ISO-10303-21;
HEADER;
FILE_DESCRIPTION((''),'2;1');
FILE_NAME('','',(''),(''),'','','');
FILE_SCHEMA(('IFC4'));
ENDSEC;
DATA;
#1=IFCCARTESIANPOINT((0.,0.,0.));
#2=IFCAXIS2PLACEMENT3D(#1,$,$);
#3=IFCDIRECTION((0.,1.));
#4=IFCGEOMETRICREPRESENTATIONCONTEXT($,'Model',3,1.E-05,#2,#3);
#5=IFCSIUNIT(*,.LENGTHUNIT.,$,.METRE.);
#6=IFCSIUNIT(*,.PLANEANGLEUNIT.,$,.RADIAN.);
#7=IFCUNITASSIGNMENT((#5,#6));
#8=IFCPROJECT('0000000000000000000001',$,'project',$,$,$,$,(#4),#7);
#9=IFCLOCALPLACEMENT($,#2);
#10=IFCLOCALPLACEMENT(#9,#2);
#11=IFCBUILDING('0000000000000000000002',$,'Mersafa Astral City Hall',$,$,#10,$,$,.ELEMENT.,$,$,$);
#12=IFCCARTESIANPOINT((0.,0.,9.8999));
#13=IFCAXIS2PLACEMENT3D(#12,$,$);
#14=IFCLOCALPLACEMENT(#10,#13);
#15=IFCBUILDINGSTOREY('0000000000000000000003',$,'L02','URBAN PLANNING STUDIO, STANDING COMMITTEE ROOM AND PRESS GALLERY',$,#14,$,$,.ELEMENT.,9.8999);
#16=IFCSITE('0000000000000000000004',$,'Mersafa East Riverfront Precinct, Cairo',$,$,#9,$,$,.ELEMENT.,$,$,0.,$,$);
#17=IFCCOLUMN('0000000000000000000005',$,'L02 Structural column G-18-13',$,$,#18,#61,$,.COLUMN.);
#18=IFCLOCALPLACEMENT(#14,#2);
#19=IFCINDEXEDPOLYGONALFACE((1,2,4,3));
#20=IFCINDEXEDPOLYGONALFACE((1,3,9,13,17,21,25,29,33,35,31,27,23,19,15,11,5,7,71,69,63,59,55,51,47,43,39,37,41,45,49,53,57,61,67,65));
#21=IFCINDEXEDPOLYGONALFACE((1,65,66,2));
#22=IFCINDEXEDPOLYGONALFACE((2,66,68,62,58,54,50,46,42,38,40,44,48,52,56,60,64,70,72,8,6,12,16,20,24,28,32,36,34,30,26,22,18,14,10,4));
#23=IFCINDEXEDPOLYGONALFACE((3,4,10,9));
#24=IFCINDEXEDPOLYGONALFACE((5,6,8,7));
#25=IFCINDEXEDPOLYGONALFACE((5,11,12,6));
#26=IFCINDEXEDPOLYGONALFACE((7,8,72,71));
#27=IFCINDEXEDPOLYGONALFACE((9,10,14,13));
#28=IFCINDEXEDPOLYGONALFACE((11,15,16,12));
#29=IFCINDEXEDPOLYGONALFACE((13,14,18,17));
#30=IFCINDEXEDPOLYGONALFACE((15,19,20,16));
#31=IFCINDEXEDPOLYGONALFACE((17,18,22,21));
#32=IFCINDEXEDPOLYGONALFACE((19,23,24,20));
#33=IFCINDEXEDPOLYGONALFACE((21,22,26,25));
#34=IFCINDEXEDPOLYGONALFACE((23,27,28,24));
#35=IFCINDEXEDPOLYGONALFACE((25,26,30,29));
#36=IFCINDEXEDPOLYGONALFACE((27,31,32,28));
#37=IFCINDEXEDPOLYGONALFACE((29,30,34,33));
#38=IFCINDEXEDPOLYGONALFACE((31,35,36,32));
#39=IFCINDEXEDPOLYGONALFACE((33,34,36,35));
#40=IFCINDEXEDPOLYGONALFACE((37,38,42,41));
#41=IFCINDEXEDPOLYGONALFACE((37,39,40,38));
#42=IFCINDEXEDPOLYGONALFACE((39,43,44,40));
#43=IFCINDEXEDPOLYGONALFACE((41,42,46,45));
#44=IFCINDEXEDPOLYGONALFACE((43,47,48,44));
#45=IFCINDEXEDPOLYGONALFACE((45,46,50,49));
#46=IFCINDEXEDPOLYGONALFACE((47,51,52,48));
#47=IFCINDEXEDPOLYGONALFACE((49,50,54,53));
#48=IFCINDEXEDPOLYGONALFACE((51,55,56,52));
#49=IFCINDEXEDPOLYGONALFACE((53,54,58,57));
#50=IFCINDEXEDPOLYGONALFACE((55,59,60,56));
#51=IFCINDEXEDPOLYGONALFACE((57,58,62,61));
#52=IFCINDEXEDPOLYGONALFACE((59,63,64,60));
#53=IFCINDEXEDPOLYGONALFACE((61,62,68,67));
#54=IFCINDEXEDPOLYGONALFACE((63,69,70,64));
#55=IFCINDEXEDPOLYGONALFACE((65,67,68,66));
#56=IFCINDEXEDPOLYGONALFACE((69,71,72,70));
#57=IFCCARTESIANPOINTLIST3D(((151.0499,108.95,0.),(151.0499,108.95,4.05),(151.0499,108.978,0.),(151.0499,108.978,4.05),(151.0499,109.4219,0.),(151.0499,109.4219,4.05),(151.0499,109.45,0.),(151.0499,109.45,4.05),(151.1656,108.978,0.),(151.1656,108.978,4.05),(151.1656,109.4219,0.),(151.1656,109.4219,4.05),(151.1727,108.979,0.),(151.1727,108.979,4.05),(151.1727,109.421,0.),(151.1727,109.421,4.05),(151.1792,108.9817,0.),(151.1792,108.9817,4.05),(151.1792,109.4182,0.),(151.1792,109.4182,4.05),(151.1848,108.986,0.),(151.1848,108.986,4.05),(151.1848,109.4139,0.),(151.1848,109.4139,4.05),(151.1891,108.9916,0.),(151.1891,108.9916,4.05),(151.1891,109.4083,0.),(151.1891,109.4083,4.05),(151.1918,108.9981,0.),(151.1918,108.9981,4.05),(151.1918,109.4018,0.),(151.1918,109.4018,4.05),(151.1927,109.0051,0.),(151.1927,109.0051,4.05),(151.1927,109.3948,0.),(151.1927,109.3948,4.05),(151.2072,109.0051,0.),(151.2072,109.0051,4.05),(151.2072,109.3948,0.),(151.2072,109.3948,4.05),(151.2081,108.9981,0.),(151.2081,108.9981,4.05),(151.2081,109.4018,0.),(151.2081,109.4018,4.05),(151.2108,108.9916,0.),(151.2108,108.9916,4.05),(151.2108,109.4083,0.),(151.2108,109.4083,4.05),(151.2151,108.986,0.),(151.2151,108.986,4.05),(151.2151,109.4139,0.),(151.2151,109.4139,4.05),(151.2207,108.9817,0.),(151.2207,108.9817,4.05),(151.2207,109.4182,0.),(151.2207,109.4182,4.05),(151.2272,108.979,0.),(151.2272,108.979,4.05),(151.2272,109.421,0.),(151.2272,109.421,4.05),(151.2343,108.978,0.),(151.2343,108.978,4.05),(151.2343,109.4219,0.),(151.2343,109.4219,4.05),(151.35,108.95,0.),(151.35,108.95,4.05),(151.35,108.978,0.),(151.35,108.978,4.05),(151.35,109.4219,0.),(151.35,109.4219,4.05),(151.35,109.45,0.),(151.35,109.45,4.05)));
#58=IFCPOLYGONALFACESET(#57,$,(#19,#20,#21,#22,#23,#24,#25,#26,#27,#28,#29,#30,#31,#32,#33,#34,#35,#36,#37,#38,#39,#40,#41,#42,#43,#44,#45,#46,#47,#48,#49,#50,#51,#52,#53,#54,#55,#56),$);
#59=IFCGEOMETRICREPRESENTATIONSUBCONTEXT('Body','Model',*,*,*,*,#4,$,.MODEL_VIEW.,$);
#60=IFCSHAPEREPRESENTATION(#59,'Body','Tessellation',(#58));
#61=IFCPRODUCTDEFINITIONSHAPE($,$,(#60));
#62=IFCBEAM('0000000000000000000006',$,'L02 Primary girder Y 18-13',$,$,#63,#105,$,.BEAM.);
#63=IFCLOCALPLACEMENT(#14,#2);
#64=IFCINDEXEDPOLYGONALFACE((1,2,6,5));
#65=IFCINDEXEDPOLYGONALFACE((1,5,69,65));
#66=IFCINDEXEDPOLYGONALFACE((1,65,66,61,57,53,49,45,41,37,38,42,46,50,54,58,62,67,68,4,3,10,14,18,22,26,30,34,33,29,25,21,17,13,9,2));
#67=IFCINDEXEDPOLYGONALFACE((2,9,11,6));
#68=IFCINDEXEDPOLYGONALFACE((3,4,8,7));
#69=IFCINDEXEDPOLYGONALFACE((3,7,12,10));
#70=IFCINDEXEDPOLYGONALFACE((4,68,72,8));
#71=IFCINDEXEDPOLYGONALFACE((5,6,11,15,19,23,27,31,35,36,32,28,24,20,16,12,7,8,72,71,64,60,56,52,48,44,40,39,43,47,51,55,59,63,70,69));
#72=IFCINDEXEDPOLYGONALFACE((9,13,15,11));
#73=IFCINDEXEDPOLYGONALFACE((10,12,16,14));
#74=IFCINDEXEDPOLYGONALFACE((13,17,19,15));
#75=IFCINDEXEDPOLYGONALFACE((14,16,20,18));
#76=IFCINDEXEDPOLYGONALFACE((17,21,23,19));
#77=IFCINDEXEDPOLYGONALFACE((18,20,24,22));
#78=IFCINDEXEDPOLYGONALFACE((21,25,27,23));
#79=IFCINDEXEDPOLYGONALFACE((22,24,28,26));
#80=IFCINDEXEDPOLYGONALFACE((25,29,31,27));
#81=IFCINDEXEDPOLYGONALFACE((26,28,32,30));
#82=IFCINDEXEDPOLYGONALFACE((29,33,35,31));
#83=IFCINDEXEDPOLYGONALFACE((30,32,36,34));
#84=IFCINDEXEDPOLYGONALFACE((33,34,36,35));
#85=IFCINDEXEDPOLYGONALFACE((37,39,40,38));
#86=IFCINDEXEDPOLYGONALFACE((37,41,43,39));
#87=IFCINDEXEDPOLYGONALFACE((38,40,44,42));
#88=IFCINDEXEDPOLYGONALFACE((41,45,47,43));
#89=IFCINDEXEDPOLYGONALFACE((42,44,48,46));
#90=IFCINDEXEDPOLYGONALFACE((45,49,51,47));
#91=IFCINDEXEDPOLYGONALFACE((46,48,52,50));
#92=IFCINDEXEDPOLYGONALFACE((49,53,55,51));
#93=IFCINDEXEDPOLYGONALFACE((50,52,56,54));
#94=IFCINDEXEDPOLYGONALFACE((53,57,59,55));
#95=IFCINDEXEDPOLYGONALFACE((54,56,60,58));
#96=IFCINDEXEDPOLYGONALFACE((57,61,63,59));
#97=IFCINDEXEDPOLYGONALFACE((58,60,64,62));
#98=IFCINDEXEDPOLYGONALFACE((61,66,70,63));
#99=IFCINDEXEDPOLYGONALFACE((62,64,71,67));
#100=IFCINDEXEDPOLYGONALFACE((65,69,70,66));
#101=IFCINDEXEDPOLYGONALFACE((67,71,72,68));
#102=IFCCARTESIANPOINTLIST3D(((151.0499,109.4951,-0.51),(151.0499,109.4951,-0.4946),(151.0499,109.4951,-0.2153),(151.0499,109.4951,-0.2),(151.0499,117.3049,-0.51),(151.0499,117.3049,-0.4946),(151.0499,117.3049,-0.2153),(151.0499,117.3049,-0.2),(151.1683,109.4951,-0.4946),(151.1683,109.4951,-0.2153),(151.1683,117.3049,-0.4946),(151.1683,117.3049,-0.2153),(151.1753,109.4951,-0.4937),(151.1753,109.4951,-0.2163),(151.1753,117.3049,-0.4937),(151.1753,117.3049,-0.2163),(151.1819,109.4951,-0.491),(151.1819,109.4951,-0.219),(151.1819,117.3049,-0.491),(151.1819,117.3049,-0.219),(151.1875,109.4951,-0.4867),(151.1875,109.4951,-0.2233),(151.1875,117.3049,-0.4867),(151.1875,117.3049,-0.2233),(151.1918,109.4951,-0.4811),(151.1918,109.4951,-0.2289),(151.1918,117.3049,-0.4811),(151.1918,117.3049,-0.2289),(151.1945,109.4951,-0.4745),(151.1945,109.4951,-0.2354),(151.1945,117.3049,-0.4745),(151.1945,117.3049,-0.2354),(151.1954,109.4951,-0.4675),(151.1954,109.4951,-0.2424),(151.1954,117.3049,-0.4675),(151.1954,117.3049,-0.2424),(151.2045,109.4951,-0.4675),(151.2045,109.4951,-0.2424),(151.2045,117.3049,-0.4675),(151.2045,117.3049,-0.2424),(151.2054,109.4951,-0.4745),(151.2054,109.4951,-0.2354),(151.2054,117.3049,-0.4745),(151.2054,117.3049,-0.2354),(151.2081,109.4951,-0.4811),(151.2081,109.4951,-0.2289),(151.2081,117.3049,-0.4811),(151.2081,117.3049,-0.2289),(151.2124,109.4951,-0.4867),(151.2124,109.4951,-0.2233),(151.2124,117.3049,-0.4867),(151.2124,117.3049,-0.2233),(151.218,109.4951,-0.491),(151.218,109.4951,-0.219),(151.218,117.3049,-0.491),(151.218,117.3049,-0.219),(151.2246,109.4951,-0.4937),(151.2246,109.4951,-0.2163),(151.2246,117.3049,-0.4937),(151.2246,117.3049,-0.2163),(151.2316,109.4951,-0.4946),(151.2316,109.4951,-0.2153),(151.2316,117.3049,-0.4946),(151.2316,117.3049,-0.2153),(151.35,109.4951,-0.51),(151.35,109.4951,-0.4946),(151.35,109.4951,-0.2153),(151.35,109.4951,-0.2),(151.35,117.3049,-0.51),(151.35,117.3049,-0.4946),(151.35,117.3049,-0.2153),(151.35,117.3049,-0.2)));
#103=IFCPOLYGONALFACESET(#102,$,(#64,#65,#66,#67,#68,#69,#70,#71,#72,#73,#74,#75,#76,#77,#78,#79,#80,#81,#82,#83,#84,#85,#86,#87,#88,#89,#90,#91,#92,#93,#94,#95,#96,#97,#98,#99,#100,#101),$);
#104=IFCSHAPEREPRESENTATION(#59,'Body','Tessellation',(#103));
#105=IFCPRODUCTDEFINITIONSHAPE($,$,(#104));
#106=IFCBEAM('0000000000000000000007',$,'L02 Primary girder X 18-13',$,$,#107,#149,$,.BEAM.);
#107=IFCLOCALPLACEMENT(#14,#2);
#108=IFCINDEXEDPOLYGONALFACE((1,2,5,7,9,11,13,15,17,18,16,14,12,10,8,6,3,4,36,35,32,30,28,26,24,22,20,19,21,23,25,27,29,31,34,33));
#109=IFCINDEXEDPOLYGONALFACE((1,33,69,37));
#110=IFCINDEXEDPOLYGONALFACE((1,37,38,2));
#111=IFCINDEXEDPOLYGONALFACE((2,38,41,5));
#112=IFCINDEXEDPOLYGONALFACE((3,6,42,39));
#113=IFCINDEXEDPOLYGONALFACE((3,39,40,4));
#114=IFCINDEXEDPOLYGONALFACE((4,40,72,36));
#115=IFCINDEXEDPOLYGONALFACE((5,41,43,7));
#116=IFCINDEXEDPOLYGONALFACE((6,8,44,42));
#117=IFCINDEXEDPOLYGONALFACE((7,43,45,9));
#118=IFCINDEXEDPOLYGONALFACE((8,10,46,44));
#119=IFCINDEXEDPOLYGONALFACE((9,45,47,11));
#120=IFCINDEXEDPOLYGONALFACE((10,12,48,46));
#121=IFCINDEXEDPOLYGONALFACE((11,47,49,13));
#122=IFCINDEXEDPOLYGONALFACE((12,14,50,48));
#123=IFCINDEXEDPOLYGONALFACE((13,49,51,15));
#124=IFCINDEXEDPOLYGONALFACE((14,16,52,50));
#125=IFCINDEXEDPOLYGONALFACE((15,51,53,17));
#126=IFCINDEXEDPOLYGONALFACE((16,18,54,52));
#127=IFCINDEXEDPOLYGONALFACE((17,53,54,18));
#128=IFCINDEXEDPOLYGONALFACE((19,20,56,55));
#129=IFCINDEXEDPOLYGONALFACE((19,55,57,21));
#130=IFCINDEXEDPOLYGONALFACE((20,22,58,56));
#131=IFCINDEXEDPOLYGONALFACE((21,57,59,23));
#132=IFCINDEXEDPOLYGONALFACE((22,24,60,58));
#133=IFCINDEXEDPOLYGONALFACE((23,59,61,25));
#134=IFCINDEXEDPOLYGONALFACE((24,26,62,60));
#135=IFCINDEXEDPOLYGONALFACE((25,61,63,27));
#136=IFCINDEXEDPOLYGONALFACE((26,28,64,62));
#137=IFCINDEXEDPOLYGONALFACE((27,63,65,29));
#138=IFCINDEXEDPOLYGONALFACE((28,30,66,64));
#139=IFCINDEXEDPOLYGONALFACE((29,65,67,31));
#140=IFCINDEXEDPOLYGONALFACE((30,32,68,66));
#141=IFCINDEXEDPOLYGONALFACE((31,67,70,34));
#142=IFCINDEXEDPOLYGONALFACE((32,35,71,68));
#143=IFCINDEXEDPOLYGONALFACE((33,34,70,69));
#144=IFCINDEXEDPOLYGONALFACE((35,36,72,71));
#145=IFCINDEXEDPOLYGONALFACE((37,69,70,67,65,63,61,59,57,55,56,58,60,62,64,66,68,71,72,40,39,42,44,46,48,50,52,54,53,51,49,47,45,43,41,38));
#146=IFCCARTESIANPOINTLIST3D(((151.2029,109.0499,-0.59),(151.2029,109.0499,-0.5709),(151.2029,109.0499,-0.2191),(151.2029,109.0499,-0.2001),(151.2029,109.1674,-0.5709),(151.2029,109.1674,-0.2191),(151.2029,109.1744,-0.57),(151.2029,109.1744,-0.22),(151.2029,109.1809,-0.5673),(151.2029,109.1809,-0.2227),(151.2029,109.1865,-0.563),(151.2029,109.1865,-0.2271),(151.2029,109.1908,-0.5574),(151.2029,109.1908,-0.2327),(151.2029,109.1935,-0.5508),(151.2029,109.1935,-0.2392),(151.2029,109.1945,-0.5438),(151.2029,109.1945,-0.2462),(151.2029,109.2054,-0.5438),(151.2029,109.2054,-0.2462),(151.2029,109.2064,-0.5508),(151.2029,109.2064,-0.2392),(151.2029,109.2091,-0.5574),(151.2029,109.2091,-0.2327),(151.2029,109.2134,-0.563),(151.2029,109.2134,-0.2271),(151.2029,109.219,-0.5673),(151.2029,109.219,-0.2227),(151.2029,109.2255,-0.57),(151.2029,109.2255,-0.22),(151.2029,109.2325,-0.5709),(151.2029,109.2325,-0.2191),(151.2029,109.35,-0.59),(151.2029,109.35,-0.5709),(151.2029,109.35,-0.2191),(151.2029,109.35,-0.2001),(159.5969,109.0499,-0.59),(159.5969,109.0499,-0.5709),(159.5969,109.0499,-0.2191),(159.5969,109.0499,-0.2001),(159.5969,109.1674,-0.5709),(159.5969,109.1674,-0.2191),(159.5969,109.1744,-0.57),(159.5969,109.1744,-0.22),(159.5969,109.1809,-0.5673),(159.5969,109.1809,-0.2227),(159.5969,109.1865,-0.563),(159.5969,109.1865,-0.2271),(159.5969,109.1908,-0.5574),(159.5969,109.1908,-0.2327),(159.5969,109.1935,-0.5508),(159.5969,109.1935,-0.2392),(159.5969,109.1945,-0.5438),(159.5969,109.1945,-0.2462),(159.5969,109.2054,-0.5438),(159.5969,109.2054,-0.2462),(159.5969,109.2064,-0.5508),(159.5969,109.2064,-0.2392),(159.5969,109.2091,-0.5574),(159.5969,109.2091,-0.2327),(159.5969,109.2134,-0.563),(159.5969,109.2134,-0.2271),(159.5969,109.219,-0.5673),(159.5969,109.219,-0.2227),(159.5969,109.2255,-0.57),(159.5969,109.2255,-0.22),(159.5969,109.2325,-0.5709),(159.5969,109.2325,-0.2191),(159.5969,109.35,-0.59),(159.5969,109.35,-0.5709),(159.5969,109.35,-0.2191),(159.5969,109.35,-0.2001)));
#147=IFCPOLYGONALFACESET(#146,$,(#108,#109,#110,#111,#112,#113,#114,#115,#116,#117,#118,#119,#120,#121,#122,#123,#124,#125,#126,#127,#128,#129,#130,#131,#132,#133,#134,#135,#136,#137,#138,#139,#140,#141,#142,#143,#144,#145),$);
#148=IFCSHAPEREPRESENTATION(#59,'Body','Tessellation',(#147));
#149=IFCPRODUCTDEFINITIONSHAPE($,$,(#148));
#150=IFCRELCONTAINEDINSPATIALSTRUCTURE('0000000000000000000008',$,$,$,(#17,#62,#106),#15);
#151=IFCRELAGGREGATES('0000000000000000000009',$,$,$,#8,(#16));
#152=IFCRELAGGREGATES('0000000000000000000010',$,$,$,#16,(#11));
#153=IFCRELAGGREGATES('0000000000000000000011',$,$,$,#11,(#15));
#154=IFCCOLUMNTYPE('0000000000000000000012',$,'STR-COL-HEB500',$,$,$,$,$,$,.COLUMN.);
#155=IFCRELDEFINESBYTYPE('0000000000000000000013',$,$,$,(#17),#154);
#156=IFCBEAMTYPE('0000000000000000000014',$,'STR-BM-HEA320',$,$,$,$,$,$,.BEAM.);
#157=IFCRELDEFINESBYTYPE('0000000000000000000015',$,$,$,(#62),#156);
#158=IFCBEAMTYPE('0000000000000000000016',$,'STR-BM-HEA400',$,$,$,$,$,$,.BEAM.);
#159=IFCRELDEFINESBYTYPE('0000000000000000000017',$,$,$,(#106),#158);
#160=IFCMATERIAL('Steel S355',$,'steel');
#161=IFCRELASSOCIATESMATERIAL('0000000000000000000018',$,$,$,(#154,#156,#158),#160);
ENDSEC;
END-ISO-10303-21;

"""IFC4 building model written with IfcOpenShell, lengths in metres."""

from ifc_helpers import new_model, si_unit, direction, frame, origin, origin_2d, place, context, subcontext, project, spatial, i_section, extrude, material, material_profile, profile_set, type_object, element, save


model = new_model("IFC4")

# Units and contexts
model_context = context("Model", 3, precision=1e-05, world=origin(), true_north=direction((0.0, 1.0)))
body_context = subcontext(model_context, "Body", "Model", "MODEL_VIEW")
ifc_project = project(units=[si_unit("LENGTHUNIT", "METRE"), si_unit("PLANEANGLEUNIT", "RADIAN")], contexts=[model_context])

# Site, building, storey
site_placement = place(None, origin())
site = spatial("IfcSite", under=ifc_project, at=site_placement, Name="Mersafa East Riverfront Precinct, Cairo", CompositionType="ELEMENT", RefElevation=0.0)
building_placement = place(site_placement, origin())
building = spatial("IfcBuilding", under=site, at=building_placement, Name="Mersafa Astral City Hall", CompositionType="ELEMENT")
storey_placement = place(building_placement, frame((0.0, 0.0, 9.8999)))
storey = spatial("IfcBuildingStorey", under=building, at=storey_placement, Name="L02", Description="URBAN PLANNING STUDIO, STANDING COMMITTEE ROOM AND PRESS GALLERY", CompositionType="ELEMENT", Elevation=9.8999)

# Column
ifc_material_1 = material(Name="Steel S355", Category="steel")
ifc_material_profile_1 = material_profile(ifc_material_1, i_section(OverallWidth=0.3, OverallDepth=0.5, WebThickness=0.0144, FlangeThickness=0.0281, FilletRadius=0.0271, at=origin_2d()), Name="HEB 500")
ifc_profile_set_1 = profile_set([ifc_material_profile_1], Name="Steel S355")
column_type = type_object("IfcColumnType", Name="STR-COL-HEB500", PredefinedType="COLUMN", material=ifc_profile_set_1)
column_placement = place(storey_placement, frame((151.2, 109.2, 0.0), z_axis=(0.0, 0.0, 1.0), x_axis=(1.0, 0.0, 0.0)))
element("IfcColumn", 1, at=column_placement, inside=storey, type_object=column_type, Name="L02 Structural column G-18-13", PredefinedType="COLUMN", context=body_context, shape_type="SweptSolid", body=[
    extrude(i_section(OverallWidth=0.3, OverallDepth=0.5, WebThickness=0.0144, FlangeThickness=0.0281, FilletRadius=0.0271, at=origin_2d()), origin(), (0.0, 0.0, 1.0), 4.05),
])

# Beams
ifc_material_profile_2 = material_profile(ifc_material_1, i_section(OverallWidth=0.3, OverallDepth=0.3101, WebThickness=0.009, FlangeThickness=0.0154, FilletRadius=0.0271, at=origin_2d()), Name="HEA 320")
ifc_profile_set_2 = profile_set([ifc_material_profile_2], Name="Steel S355")
beam_type_1 = type_object("IfcBeamType", Name="STR-BM-HEA320", PredefinedType="BEAM", material=ifc_profile_set_2)
beam_1_placement = place(storey_placement, frame((151.2, 109.4951, -0.355), z_axis=(0.0, 1.0, 0.0), x_axis=(-1.0, 0.0, 0.0)))
element("IfcBeam", 2, at=beam_1_placement, inside=storey, type_object=beam_type_1, Name="L02 Primary girder Y 18-13", PredefinedType="BEAM", context=body_context, shape_type="SweptSolid", body=[
    extrude(i_section(OverallWidth=0.3, OverallDepth=0.3101, WebThickness=0.009, FlangeThickness=0.0154, FilletRadius=0.0271, at=origin_2d()), origin(), (0.0, 0.0, 1.0), 7.8098),
])
ifc_material_profile_3 = material_profile(ifc_material_1, i_section(OverallWidth=0.3, OverallDepth=0.3899, WebThickness=0.011, FlangeThickness=0.019, FilletRadius=0.0271, at=origin_2d()), Name="HEA 400")
ifc_profile_set_3 = profile_set([ifc_material_profile_3], Name="Steel S355")
beam_type_2 = type_object("IfcBeamType", Name="STR-BM-HEA400", PredefinedType="BEAM", material=ifc_profile_set_3)
beam_2_placement = place(storey_placement, frame((151.2029, 109.2, -0.395), z_axis=(1.0, 0.0, 0.0), x_axis=(0.0, 1.0, 0.0)))
element("IfcBeam", 3, at=beam_2_placement, inside=storey, type_object=beam_type_2, Name="L02 Primary girder X 18-13", PredefinedType="BEAM", context=body_context, shape_type="SweptSolid", body=[
    extrude(i_section(OverallWidth=0.3, OverallDepth=0.3899, WebThickness=0.011, FlangeThickness=0.019, FilletRadius=0.0271, at=origin_2d()), origin(), (0.0, 0.0, 1.0), 8.394),
])

save(model, "model.ifc")
